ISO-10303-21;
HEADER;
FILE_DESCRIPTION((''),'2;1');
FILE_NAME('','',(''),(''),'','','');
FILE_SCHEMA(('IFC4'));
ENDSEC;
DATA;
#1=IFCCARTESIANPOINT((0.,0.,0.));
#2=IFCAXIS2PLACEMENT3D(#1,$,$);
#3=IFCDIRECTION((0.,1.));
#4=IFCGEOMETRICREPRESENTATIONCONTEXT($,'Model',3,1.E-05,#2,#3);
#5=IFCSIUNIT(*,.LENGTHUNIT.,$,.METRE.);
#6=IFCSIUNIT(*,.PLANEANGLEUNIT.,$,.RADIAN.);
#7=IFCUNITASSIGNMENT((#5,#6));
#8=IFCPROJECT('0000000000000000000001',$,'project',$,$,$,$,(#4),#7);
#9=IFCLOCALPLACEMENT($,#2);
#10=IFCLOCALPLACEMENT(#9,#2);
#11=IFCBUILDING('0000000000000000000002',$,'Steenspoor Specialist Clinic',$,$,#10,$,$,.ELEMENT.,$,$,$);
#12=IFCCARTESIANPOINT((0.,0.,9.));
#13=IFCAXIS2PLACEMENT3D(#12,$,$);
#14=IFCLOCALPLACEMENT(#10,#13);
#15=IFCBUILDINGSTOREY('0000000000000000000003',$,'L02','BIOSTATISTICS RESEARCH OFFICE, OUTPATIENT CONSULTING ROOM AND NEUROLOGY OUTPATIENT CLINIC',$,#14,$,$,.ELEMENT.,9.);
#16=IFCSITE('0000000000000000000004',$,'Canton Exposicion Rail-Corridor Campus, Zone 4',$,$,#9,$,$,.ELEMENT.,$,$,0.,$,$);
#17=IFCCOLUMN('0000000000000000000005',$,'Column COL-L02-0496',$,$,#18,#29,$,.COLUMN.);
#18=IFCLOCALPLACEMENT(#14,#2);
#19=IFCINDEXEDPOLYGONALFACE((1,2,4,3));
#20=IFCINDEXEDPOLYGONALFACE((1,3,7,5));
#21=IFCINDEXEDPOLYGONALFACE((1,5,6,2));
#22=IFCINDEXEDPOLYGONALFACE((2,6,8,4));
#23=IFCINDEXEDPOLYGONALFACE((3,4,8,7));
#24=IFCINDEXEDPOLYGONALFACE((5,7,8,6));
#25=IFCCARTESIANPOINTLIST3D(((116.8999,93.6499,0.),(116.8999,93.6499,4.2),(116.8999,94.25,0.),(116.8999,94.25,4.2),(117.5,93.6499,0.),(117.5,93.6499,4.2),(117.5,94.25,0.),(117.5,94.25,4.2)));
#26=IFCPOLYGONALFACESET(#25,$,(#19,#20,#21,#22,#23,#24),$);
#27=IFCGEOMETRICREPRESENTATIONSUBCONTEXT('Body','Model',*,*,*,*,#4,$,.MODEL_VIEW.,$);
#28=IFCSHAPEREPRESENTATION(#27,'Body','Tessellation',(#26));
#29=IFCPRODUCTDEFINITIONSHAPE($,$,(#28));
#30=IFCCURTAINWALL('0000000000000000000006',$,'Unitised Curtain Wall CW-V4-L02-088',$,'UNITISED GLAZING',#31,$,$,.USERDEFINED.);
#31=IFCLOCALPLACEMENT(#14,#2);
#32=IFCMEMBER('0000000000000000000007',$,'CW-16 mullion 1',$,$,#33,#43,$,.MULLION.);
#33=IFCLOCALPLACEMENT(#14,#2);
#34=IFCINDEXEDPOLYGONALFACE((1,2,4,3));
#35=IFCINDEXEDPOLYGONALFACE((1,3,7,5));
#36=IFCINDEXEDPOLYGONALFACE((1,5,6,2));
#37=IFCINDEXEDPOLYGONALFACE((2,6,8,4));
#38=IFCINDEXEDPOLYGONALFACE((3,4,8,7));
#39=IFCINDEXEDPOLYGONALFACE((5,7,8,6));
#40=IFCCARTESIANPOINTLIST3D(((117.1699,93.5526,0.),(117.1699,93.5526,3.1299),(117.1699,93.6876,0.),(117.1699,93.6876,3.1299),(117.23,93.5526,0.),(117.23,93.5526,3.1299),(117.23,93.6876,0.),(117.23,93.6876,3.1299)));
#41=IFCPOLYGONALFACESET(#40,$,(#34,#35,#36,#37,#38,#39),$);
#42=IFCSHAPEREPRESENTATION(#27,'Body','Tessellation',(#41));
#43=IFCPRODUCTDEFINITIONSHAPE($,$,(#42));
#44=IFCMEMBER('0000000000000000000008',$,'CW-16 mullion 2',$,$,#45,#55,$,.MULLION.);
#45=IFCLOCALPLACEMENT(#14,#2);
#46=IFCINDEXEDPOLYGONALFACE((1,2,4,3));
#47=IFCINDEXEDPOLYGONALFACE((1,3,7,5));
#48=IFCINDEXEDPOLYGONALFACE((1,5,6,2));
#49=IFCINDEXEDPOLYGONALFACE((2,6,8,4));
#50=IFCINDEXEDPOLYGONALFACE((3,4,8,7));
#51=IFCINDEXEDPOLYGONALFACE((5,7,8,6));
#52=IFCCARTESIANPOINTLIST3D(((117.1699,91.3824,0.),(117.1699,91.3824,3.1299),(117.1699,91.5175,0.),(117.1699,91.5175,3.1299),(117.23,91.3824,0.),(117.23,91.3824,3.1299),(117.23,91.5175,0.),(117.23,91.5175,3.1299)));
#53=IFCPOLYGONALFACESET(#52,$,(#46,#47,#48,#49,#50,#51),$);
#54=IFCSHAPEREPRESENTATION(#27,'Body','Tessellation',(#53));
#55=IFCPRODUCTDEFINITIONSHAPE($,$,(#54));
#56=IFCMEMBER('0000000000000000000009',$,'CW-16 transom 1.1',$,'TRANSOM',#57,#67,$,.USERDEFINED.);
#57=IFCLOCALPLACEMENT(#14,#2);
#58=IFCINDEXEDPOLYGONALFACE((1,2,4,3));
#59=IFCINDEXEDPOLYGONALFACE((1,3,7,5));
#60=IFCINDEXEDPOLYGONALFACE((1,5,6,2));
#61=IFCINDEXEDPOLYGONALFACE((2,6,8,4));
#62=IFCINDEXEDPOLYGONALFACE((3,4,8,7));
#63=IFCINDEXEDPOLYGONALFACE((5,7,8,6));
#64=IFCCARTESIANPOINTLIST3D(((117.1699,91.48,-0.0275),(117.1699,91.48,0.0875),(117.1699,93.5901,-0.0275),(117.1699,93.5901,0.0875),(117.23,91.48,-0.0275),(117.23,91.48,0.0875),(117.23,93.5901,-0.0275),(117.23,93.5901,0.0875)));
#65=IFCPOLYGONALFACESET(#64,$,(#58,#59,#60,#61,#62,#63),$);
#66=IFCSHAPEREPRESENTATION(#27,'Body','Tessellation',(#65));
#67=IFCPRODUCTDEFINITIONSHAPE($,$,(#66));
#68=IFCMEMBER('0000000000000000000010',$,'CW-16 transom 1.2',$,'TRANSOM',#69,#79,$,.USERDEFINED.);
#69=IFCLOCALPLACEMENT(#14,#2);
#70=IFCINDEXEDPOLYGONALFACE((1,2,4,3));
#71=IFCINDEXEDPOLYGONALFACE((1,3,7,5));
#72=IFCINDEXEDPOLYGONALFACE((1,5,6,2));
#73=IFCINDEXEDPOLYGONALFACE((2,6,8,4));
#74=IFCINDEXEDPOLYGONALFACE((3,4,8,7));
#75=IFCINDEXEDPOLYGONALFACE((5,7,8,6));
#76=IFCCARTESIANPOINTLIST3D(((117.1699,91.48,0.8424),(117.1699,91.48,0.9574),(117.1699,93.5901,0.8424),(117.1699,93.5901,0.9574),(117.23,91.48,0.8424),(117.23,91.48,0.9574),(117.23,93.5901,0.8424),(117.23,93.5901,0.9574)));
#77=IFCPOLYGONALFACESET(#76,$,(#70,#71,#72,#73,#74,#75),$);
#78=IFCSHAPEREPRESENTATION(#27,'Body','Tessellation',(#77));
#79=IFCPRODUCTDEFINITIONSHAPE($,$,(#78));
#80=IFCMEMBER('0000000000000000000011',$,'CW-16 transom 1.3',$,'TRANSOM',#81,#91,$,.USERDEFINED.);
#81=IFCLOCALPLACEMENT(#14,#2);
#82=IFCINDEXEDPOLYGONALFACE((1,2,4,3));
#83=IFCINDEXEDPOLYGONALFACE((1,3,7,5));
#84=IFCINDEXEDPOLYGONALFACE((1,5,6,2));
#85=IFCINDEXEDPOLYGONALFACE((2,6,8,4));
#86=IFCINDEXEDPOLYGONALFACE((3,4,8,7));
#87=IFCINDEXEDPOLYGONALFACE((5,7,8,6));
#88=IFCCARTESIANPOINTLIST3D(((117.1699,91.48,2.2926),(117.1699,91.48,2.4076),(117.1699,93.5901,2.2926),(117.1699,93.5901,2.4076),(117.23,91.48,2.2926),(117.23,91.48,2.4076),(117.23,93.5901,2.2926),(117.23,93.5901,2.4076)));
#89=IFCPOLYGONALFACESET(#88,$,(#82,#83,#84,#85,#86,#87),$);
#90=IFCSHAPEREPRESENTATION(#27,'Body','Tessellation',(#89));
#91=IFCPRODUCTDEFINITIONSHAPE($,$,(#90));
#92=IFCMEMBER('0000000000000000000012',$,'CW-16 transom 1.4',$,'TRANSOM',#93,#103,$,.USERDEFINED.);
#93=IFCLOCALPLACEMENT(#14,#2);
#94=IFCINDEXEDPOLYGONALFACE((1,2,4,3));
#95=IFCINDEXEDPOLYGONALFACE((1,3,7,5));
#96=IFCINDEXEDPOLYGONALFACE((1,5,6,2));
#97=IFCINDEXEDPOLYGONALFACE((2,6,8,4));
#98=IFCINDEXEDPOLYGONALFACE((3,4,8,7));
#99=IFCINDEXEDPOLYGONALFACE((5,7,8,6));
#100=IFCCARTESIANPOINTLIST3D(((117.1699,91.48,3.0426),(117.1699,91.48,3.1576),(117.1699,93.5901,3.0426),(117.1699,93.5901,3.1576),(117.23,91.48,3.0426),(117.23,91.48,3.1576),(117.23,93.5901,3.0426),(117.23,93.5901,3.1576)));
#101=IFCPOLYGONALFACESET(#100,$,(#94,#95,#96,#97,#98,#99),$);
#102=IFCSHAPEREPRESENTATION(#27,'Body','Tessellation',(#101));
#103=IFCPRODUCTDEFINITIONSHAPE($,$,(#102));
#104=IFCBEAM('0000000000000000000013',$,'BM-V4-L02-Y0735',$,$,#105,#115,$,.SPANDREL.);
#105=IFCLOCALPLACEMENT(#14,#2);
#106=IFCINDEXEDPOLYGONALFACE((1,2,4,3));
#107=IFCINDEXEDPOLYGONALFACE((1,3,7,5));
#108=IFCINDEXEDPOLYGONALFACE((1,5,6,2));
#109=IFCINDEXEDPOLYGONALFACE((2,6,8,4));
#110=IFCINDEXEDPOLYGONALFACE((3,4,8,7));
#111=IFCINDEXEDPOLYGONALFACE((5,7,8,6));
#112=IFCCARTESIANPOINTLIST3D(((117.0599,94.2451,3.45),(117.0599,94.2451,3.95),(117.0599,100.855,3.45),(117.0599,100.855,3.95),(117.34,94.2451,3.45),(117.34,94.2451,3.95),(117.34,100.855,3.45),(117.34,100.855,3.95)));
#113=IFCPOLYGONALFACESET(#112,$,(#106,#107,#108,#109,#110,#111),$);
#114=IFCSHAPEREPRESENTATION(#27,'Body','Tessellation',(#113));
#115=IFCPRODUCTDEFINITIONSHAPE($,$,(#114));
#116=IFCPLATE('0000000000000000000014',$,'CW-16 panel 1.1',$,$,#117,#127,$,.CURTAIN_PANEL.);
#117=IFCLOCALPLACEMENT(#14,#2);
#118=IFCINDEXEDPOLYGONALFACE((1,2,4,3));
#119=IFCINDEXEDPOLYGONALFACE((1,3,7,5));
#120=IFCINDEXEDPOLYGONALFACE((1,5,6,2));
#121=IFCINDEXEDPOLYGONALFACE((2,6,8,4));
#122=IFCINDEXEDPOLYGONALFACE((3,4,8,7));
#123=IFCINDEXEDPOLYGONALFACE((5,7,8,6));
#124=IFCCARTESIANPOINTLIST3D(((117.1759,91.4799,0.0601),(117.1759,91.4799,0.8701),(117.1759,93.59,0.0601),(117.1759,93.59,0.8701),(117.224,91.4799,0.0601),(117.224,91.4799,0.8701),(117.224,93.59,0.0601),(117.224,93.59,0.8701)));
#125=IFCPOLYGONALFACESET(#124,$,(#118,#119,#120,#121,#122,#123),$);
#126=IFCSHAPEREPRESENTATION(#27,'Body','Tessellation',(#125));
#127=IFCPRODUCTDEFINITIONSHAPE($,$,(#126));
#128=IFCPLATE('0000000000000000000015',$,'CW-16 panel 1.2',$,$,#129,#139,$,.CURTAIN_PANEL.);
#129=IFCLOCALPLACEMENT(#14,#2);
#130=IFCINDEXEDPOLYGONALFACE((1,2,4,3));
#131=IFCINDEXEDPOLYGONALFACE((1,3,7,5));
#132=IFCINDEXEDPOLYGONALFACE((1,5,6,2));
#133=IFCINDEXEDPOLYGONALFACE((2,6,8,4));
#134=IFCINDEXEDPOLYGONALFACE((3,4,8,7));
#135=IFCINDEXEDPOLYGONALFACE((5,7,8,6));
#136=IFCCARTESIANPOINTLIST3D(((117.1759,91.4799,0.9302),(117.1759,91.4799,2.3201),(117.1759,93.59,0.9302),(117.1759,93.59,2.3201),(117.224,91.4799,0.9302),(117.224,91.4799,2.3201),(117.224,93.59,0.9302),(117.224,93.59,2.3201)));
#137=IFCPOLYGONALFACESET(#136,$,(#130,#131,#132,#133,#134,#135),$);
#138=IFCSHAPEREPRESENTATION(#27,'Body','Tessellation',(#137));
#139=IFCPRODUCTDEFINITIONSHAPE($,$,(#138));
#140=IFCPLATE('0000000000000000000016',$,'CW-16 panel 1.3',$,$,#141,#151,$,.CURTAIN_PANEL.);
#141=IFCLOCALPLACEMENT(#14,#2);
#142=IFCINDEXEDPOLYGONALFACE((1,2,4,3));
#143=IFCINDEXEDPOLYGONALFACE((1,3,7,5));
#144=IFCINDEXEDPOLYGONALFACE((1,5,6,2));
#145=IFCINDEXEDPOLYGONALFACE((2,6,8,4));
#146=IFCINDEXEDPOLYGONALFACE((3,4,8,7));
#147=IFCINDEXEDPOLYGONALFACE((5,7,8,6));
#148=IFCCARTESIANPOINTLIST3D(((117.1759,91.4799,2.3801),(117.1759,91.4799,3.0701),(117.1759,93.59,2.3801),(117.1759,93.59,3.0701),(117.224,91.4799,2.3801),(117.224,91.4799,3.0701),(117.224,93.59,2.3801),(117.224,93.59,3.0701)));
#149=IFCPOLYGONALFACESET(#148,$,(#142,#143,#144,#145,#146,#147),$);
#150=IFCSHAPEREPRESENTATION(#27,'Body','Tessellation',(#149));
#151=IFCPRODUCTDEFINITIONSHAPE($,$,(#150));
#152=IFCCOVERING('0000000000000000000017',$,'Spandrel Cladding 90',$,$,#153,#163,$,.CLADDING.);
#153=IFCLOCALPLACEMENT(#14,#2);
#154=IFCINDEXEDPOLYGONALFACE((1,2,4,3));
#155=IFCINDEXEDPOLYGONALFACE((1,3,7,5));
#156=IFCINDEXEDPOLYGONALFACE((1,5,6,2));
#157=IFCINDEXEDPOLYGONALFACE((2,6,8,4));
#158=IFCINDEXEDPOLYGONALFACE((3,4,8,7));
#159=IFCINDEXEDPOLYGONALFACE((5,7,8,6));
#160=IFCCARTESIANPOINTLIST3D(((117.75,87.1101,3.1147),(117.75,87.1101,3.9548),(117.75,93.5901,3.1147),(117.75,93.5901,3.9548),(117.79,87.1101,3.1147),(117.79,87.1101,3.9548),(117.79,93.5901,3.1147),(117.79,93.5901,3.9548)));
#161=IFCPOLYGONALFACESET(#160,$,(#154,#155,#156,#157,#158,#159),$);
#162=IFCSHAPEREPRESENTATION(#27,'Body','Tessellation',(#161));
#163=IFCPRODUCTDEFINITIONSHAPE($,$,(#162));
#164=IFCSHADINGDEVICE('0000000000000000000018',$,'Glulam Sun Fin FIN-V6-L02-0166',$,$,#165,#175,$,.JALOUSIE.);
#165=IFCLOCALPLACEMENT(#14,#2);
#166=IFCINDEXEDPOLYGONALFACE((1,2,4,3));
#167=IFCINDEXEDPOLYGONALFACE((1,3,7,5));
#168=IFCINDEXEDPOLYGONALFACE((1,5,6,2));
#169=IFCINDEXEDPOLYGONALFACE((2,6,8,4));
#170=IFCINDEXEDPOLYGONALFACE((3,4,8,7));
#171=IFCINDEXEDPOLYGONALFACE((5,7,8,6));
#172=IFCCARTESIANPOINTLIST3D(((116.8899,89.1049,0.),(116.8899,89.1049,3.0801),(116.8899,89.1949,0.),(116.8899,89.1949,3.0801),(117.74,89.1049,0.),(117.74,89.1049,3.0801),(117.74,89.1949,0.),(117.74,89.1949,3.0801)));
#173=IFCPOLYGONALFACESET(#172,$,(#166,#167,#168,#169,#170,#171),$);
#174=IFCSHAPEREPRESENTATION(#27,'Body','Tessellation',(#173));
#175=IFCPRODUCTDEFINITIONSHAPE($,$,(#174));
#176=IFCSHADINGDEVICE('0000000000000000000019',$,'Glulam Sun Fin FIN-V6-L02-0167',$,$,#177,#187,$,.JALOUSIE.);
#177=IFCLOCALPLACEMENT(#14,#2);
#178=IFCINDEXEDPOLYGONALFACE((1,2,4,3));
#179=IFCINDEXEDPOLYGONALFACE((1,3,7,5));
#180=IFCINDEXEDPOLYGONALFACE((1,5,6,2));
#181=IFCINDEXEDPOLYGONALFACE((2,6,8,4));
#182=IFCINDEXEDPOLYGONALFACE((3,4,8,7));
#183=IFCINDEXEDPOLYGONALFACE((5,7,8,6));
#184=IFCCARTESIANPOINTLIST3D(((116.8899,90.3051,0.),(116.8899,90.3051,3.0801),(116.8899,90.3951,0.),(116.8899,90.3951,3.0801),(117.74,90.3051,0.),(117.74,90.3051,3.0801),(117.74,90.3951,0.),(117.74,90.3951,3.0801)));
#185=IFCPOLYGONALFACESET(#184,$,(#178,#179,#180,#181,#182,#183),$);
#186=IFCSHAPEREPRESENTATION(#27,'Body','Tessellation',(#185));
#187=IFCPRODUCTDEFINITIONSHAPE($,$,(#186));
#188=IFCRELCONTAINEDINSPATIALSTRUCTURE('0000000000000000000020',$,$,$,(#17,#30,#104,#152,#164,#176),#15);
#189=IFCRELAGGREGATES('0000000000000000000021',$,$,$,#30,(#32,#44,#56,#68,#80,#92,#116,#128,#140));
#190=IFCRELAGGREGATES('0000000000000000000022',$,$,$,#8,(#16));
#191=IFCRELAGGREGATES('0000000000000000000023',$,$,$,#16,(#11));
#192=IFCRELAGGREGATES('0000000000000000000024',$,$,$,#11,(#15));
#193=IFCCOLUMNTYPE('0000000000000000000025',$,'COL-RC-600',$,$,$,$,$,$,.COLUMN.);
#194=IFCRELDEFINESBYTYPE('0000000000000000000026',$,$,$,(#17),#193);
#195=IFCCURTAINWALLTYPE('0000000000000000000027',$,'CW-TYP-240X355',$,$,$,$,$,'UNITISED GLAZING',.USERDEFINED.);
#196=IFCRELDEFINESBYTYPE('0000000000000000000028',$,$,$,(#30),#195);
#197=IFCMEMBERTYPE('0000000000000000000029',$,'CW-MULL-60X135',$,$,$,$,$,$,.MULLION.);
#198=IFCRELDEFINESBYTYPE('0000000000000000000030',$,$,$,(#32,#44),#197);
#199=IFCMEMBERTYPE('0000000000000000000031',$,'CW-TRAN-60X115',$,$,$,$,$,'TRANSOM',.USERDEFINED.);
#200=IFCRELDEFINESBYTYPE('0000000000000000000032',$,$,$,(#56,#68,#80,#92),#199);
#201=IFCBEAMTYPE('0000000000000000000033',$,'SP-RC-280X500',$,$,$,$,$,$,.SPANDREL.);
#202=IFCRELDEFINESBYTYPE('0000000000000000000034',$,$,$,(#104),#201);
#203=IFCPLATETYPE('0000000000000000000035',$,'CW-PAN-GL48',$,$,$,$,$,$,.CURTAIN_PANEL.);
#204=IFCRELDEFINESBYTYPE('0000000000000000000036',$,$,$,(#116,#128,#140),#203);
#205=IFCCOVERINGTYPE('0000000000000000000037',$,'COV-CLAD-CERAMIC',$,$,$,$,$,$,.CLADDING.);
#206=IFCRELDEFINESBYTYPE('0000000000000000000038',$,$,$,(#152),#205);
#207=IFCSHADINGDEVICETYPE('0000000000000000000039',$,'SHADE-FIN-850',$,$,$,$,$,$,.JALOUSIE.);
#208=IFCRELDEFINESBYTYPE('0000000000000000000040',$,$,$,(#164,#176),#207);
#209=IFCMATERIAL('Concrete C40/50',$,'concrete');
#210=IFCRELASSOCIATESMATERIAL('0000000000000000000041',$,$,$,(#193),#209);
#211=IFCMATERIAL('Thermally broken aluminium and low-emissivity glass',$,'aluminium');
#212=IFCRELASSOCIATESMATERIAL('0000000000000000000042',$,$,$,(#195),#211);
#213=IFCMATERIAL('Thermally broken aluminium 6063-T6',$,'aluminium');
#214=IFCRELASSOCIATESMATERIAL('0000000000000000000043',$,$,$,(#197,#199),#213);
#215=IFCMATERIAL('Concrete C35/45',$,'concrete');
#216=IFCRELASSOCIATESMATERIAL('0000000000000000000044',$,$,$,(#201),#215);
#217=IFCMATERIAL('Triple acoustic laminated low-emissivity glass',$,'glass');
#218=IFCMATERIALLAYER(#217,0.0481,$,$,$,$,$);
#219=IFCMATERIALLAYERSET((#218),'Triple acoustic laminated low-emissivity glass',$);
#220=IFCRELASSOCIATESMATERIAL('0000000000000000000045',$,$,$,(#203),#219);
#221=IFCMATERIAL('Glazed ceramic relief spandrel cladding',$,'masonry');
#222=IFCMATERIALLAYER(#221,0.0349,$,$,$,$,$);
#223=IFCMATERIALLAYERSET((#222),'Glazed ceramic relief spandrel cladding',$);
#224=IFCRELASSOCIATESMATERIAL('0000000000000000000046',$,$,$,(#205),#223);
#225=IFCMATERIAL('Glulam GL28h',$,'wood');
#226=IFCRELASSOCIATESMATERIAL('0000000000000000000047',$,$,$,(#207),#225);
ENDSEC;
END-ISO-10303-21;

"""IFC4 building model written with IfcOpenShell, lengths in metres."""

from ifc_helpers import new_model, si_unit, direction, frame, origin, origin_2d, place, context, subcontext, project, spatial, rectangle, extrude, material, layer, layer_set, material_profile, profile_set, type_object, element, aggregate, save


model = new_model("IFC4")

# Units and contexts
model_context = context("Model", 3, precision=1e-05, world=origin(), true_north=direction((0.0, 1.0)))
body_context = subcontext(model_context, "Body", "Model", "MODEL_VIEW")
ifc_project = project(units=[si_unit("LENGTHUNIT", "METRE"), si_unit("PLANEANGLEUNIT", "RADIAN")], contexts=[model_context])

# Site, building, storey
site_placement = place(None, origin())
site = spatial("IfcSite", under=ifc_project, at=site_placement, Name="Canton Exposicion Rail-Corridor Campus, Zone 4", CompositionType="ELEMENT", RefElevation=0.0)
building_placement = place(site_placement, origin())
building = spatial("IfcBuilding", under=site, at=building_placement, Name="Steenspoor Specialist Clinic", CompositionType="ELEMENT")
storey_placement = place(building_placement, frame((0.0, 0.0, 9.0)))
storey = spatial("IfcBuildingStorey", under=building, at=storey_placement, Name="L02", Description="BIOSTATISTICS RESEARCH OFFICE, OUTPATIENT CONSULTING ROOM AND NEUROLOGY OUTPATIENT CLINIC", CompositionType="ELEMENT", Elevation=9.0)

# Column
ifc_material_1 = material(Name="Concrete C40/50", Category="concrete")
ifc_material_profile_1 = material_profile(ifc_material_1, rectangle(XDim=0.6001, YDim=0.6001, at=origin_2d()), Name="RC-COL-600X600")
ifc_profile_set_1 = profile_set([ifc_material_profile_1], Name="Concrete C40/50")
column_type = type_object("IfcColumnType", Name="COL-RC-600", PredefinedType="COLUMN", material=ifc_profile_set_1)
column_placement = place(storey_placement, frame((117.2, 93.95, 0.0), z_axis=(0.0, 0.0, 1.0), x_axis=(1.0, 0.0, 0.0)))
element("IfcColumn", 1, at=column_placement, inside=storey, type_object=column_type, Name="Column COL-L02-0496", PredefinedType="COLUMN", context=body_context, shape_type="SweptSolid", body=[
    extrude(rectangle(XDim=0.6001, YDim=0.6001, at=origin_2d()), origin(), (0.0, 0.0, 1.0), 4.2),
])

# Curtain wall, members
ifc_material_2 = material(Name="Thermally broken aluminium and low-emissivity glass", Category="aluminium")
curtain_wall_type = type_object("IfcCurtainWallType", Name="CW-TYP-240X355", ElementType="UNITISED GLAZING", PredefinedType="USERDEFINED", material=ifc_material_2)
curtain_wall_placement = place(storey_placement, origin())
curtain_wall = element("IfcCurtainWall", 2, at=curtain_wall_placement, inside=storey, type_object=curtain_wall_type, Name="Unitised Curtain Wall CW-V4-L02-088", ObjectType="UNITISED GLAZING", PredefinedType="USERDEFINED")
ifc_material_3 = material(Name="Thermally broken aluminium 6063-T6", Category="aluminium")
ifc_material_profile_2 = material_profile(ifc_material_3, rectangle(XDim=0.0601, YDim=0.135, at=origin_2d()), Name="CWM-60X135")
ifc_profile_set_2 = profile_set([ifc_material_profile_2], Name="Thermally broken aluminium 6063-T6")
member_type_1 = type_object("IfcMemberType", Name="CW-MULL-60X135", PredefinedType="MULLION", material=ifc_profile_set_2)
member_1_placement = place(storey_placement, frame((117.2, 93.6201, 0.0), z_axis=(0.0, 0.0, 1.0), x_axis=(1.0, 0.0, 0.0)))
member_1 = element("IfcMember", 3, at=member_1_placement, type_object=member_type_1, Name="CW-16 mullion 1", PredefinedType="MULLION", context=body_context, shape_type="SweptSolid", body=[
    extrude(rectangle(XDim=0.0601, YDim=0.135, at=origin_2d()), origin(), (0.0, 0.0, 1.0), 3.1299),
])
member_2_placement = place(storey_placement, frame((117.2, 91.45, 0.0), z_axis=(0.0, 0.0, 1.0), x_axis=(1.0, 0.0, 0.0)))
member_2 = element("IfcMember", 4, at=member_2_placement, type_object=member_type_1, Name="CW-16 mullion 2", PredefinedType="MULLION", context=body_context, shape_type="SweptSolid", body=[
    extrude(rectangle(XDim=0.0601, YDim=0.135, at=origin_2d()), origin(), (0.0, 0.0, 1.0), 3.1299),
])
ifc_material_profile_3 = material_profile(ifc_material_3, rectangle(XDim=0.0601, YDim=0.115, at=origin_2d()), Name="CWT-60X115")
ifc_profile_set_3 = profile_set([ifc_material_profile_3], Name="Thermally broken aluminium 6063-T6")
member_type_2 = type_object("IfcMemberType", Name="CW-TRAN-60X115", ElementType="TRANSOM", PredefinedType="USERDEFINED", material=ifc_profile_set_3)
member_3_placement = place(storey_placement, frame((117.2, 93.5901, 0.03), z_axis=(0.0, -1.0, 0.0), x_axis=(1.0, 0.0, 0.0)))
member_3 = element("IfcMember", 5, at=member_3_placement, type_object=member_type_2, Name="CW-16 transom 1.1", ObjectType="TRANSOM", PredefinedType="USERDEFINED", context=body_context, shape_type="SweptSolid", body=[
    extrude(rectangle(XDim=0.0601, YDim=0.115, at=origin_2d()), origin(), (0.0, 0.0, 1.0), 2.1101),
])
member_4_placement = place(storey_placement, frame((117.2, 93.5901, 0.8999), z_axis=(0.0, -1.0, 0.0), x_axis=(1.0, 0.0, 0.0)))
member_4 = element("IfcMember", 6, at=member_4_placement, type_object=member_type_2, Name="CW-16 transom 1.2", ObjectType="TRANSOM", PredefinedType="USERDEFINED", context=body_context, shape_type="SweptSolid", body=[
    extrude(rectangle(XDim=0.0601, YDim=0.115, at=origin_2d()), origin(), (0.0, 0.0, 1.0), 2.1101),
])
member_5_placement = place(storey_placement, frame((117.2, 93.5901, 2.3501), z_axis=(0.0, -1.0, 0.0), x_axis=(1.0, 0.0, 0.0)))
member_5 = element("IfcMember", 7, at=member_5_placement, type_object=member_type_2, Name="CW-16 transom 1.3", ObjectType="TRANSOM", PredefinedType="USERDEFINED", context=body_context, shape_type="SweptSolid", body=[
    extrude(rectangle(XDim=0.0601, YDim=0.115, at=origin_2d()), origin(), (0.0, 0.0, 1.0), 2.1101),
])
member_6_placement = place(storey_placement, frame((117.2, 93.5901, 3.1001), z_axis=(0.0, -1.0, 0.0), x_axis=(1.0, 0.0, 0.0)))
member_6 = element("IfcMember", 8, at=member_6_placement, type_object=member_type_2, Name="CW-16 transom 1.4", ObjectType="TRANSOM", PredefinedType="USERDEFINED", context=body_context, shape_type="SweptSolid", body=[
    extrude(rectangle(XDim=0.0601, YDim=0.115, at=origin_2d()), origin(), (0.0, 0.0, 1.0), 2.1101),
])

# Beam
ifc_material_4 = material(Name="Concrete C35/45", Category="concrete")
ifc_material_profile_4 = material_profile(ifc_material_4, rectangle(XDim=0.28, YDim=0.5, at=origin_2d()), Name="RC-SP-280X500")
ifc_profile_set_4 = profile_set([ifc_material_profile_4], Name="Concrete C35/45")
beam_type = type_object("IfcBeamType", Name="SP-RC-280X500", PredefinedType="SPANDREL", material=ifc_profile_set_4)
beam_placement = place(storey_placement, frame((117.2, 94.2451, 3.7), z_axis=(0.0, 1.0, 0.0), x_axis=(-1.0, 0.0, 0.0)))
element("IfcBeam", 9, at=beam_placement, inside=storey, type_object=beam_type, Name="BM-V4-L02-Y0735", PredefinedType="SPANDREL", context=body_context, shape_type="SweptSolid", body=[
    extrude(rectangle(XDim=0.28, YDim=0.5, at=origin_2d()), origin(), (0.0, 0.0, 1.0), 6.6099),
])

# Plates
ifc_material_5 = material(Name="Triple acoustic laminated low-emissivity glass", Category="glass")
ifc_layer_1 = layer(ifc_material_5, 0.0481)
ifc_layer_set_1 = layer_set([ifc_layer_1], Name="Triple acoustic laminated low-emissivity glass")
plate_type = type_object("IfcPlateType", Name="CW-PAN-GL48", PredefinedType="CURTAIN_PANEL", material=ifc_layer_set_1)
plate_1_placement = place(storey_placement, frame((117.2, 92.5349, 0.0601), z_axis=(0.0, 0.0, 1.0), x_axis=(0.0, -1.0, 0.0)))
plate_1 = element("IfcPlate", 10, at=plate_1_placement, type_object=plate_type, Name="CW-16 panel 1.1", PredefinedType="CURTAIN_PANEL", context=body_context, shape_type="SweptSolid", body=[
    extrude(rectangle(XDim=2.1101, YDim=0.0481, at=origin_2d()), origin(), (0.0, 0.0, 1.0), 0.8101),
])
plate_2_placement = place(storey_placement, frame((117.2, 92.5349, 0.9302), z_axis=(0.0, 0.0, 1.0), x_axis=(0.0, -1.0, 0.0)))
plate_2 = element("IfcPlate", 11, at=plate_2_placement, type_object=plate_type, Name="CW-16 panel 1.2", PredefinedType="CURTAIN_PANEL", context=body_context, shape_type="SweptSolid", body=[
    extrude(rectangle(XDim=2.1101, YDim=0.0481, at=origin_2d()), origin(), (0.0, 0.0, 1.0), 1.3899),
])
plate_3_placement = place(storey_placement, frame((117.2, 92.5349, 2.3801), z_axis=(0.0, 0.0, 1.0), x_axis=(0.0, -1.0, 0.0)))
plate_3 = element("IfcPlate", 12, at=plate_3_placement, type_object=plate_type, Name="CW-16 panel 1.3", PredefinedType="CURTAIN_PANEL", context=body_context, shape_type="SweptSolid", body=[
    extrude(rectangle(XDim=2.1101, YDim=0.0481, at=origin_2d()), origin(), (0.0, 0.0, 1.0), 0.6899),
])
aggregate(curtain_wall, [member_1, member_2, member_3, member_4, member_5, member_6, plate_1, plate_2, plate_3])

# Covering
ifc_material_6 = material(Name="Glazed ceramic relief spandrel cladding", Category="masonry")
ifc_layer_2 = layer(ifc_material_6, 0.0349)
ifc_layer_set_2 = layer_set([ifc_layer_2], Name="Glazed ceramic relief spandrel cladding")
covering_type = type_object("IfcCoveringType", Name="COV-CLAD-CERAMIC", PredefinedType="CLADDING", material=ifc_layer_set_2)
covering_placement = place(storey_placement, frame((117.77, 90.3501, 3.1147), z_axis=(0.0, 0.0, 1.0), x_axis=(0.0, 1.0, 0.0)))
element("IfcCovering", 13, at=covering_placement, inside=storey, type_object=covering_type, Name="Spandrel Cladding 90", PredefinedType="CLADDING", context=body_context, shape_type="SweptSolid", body=[
    extrude(rectangle(XDim=6.48, YDim=0.04, at=origin_2d()), origin(), (0.0, 0.0, 1.0), 0.8401),
])

# Shading devices
ifc_material_7 = material(Name="Glulam GL28h", Category="wood")
ifc_material_profile_5 = material_profile(ifc_material_7, rectangle(XDim=0.0901, YDim=0.8501, at=origin_2d()), Name="GL28H-90X850")
ifc_profile_set_5 = profile_set([ifc_material_profile_5], Name="Glulam GL28h")
shading_device_type = type_object("IfcShadingDeviceType", Name="SHADE-FIN-850", PredefinedType="JALOUSIE", material=ifc_profile_set_5)
for number, where, z_axis, x_axis, name in (
    (14, (117.3149, 89.1499, 0.0), (0.0, 0.0, 1.0), (0.0, 1.0, 0.0), "Glulam Sun Fin FIN-V6-L02-0166"),
    (15, (117.3149, 90.3501, 0.0), (0.0, 0.0, 1.0), (0.0, 1.0, 0.0), "Glulam Sun Fin FIN-V6-L02-0167"),
):
    element("IfcShadingDevice", number, at=place(storey_placement, frame(where, z_axis=z_axis, x_axis=x_axis)), inside=storey, type_object=shading_device_type, Name=name, PredefinedType="JALOUSIE", context=body_context, shape_type="SweptSolid", body=[
        extrude(rectangle(XDim=0.0901, YDim=0.8501, at=origin_2d()), origin(), (0.0, 0.0, 1.0), 3.0801),
    ])

save(model, "model.ifc")
